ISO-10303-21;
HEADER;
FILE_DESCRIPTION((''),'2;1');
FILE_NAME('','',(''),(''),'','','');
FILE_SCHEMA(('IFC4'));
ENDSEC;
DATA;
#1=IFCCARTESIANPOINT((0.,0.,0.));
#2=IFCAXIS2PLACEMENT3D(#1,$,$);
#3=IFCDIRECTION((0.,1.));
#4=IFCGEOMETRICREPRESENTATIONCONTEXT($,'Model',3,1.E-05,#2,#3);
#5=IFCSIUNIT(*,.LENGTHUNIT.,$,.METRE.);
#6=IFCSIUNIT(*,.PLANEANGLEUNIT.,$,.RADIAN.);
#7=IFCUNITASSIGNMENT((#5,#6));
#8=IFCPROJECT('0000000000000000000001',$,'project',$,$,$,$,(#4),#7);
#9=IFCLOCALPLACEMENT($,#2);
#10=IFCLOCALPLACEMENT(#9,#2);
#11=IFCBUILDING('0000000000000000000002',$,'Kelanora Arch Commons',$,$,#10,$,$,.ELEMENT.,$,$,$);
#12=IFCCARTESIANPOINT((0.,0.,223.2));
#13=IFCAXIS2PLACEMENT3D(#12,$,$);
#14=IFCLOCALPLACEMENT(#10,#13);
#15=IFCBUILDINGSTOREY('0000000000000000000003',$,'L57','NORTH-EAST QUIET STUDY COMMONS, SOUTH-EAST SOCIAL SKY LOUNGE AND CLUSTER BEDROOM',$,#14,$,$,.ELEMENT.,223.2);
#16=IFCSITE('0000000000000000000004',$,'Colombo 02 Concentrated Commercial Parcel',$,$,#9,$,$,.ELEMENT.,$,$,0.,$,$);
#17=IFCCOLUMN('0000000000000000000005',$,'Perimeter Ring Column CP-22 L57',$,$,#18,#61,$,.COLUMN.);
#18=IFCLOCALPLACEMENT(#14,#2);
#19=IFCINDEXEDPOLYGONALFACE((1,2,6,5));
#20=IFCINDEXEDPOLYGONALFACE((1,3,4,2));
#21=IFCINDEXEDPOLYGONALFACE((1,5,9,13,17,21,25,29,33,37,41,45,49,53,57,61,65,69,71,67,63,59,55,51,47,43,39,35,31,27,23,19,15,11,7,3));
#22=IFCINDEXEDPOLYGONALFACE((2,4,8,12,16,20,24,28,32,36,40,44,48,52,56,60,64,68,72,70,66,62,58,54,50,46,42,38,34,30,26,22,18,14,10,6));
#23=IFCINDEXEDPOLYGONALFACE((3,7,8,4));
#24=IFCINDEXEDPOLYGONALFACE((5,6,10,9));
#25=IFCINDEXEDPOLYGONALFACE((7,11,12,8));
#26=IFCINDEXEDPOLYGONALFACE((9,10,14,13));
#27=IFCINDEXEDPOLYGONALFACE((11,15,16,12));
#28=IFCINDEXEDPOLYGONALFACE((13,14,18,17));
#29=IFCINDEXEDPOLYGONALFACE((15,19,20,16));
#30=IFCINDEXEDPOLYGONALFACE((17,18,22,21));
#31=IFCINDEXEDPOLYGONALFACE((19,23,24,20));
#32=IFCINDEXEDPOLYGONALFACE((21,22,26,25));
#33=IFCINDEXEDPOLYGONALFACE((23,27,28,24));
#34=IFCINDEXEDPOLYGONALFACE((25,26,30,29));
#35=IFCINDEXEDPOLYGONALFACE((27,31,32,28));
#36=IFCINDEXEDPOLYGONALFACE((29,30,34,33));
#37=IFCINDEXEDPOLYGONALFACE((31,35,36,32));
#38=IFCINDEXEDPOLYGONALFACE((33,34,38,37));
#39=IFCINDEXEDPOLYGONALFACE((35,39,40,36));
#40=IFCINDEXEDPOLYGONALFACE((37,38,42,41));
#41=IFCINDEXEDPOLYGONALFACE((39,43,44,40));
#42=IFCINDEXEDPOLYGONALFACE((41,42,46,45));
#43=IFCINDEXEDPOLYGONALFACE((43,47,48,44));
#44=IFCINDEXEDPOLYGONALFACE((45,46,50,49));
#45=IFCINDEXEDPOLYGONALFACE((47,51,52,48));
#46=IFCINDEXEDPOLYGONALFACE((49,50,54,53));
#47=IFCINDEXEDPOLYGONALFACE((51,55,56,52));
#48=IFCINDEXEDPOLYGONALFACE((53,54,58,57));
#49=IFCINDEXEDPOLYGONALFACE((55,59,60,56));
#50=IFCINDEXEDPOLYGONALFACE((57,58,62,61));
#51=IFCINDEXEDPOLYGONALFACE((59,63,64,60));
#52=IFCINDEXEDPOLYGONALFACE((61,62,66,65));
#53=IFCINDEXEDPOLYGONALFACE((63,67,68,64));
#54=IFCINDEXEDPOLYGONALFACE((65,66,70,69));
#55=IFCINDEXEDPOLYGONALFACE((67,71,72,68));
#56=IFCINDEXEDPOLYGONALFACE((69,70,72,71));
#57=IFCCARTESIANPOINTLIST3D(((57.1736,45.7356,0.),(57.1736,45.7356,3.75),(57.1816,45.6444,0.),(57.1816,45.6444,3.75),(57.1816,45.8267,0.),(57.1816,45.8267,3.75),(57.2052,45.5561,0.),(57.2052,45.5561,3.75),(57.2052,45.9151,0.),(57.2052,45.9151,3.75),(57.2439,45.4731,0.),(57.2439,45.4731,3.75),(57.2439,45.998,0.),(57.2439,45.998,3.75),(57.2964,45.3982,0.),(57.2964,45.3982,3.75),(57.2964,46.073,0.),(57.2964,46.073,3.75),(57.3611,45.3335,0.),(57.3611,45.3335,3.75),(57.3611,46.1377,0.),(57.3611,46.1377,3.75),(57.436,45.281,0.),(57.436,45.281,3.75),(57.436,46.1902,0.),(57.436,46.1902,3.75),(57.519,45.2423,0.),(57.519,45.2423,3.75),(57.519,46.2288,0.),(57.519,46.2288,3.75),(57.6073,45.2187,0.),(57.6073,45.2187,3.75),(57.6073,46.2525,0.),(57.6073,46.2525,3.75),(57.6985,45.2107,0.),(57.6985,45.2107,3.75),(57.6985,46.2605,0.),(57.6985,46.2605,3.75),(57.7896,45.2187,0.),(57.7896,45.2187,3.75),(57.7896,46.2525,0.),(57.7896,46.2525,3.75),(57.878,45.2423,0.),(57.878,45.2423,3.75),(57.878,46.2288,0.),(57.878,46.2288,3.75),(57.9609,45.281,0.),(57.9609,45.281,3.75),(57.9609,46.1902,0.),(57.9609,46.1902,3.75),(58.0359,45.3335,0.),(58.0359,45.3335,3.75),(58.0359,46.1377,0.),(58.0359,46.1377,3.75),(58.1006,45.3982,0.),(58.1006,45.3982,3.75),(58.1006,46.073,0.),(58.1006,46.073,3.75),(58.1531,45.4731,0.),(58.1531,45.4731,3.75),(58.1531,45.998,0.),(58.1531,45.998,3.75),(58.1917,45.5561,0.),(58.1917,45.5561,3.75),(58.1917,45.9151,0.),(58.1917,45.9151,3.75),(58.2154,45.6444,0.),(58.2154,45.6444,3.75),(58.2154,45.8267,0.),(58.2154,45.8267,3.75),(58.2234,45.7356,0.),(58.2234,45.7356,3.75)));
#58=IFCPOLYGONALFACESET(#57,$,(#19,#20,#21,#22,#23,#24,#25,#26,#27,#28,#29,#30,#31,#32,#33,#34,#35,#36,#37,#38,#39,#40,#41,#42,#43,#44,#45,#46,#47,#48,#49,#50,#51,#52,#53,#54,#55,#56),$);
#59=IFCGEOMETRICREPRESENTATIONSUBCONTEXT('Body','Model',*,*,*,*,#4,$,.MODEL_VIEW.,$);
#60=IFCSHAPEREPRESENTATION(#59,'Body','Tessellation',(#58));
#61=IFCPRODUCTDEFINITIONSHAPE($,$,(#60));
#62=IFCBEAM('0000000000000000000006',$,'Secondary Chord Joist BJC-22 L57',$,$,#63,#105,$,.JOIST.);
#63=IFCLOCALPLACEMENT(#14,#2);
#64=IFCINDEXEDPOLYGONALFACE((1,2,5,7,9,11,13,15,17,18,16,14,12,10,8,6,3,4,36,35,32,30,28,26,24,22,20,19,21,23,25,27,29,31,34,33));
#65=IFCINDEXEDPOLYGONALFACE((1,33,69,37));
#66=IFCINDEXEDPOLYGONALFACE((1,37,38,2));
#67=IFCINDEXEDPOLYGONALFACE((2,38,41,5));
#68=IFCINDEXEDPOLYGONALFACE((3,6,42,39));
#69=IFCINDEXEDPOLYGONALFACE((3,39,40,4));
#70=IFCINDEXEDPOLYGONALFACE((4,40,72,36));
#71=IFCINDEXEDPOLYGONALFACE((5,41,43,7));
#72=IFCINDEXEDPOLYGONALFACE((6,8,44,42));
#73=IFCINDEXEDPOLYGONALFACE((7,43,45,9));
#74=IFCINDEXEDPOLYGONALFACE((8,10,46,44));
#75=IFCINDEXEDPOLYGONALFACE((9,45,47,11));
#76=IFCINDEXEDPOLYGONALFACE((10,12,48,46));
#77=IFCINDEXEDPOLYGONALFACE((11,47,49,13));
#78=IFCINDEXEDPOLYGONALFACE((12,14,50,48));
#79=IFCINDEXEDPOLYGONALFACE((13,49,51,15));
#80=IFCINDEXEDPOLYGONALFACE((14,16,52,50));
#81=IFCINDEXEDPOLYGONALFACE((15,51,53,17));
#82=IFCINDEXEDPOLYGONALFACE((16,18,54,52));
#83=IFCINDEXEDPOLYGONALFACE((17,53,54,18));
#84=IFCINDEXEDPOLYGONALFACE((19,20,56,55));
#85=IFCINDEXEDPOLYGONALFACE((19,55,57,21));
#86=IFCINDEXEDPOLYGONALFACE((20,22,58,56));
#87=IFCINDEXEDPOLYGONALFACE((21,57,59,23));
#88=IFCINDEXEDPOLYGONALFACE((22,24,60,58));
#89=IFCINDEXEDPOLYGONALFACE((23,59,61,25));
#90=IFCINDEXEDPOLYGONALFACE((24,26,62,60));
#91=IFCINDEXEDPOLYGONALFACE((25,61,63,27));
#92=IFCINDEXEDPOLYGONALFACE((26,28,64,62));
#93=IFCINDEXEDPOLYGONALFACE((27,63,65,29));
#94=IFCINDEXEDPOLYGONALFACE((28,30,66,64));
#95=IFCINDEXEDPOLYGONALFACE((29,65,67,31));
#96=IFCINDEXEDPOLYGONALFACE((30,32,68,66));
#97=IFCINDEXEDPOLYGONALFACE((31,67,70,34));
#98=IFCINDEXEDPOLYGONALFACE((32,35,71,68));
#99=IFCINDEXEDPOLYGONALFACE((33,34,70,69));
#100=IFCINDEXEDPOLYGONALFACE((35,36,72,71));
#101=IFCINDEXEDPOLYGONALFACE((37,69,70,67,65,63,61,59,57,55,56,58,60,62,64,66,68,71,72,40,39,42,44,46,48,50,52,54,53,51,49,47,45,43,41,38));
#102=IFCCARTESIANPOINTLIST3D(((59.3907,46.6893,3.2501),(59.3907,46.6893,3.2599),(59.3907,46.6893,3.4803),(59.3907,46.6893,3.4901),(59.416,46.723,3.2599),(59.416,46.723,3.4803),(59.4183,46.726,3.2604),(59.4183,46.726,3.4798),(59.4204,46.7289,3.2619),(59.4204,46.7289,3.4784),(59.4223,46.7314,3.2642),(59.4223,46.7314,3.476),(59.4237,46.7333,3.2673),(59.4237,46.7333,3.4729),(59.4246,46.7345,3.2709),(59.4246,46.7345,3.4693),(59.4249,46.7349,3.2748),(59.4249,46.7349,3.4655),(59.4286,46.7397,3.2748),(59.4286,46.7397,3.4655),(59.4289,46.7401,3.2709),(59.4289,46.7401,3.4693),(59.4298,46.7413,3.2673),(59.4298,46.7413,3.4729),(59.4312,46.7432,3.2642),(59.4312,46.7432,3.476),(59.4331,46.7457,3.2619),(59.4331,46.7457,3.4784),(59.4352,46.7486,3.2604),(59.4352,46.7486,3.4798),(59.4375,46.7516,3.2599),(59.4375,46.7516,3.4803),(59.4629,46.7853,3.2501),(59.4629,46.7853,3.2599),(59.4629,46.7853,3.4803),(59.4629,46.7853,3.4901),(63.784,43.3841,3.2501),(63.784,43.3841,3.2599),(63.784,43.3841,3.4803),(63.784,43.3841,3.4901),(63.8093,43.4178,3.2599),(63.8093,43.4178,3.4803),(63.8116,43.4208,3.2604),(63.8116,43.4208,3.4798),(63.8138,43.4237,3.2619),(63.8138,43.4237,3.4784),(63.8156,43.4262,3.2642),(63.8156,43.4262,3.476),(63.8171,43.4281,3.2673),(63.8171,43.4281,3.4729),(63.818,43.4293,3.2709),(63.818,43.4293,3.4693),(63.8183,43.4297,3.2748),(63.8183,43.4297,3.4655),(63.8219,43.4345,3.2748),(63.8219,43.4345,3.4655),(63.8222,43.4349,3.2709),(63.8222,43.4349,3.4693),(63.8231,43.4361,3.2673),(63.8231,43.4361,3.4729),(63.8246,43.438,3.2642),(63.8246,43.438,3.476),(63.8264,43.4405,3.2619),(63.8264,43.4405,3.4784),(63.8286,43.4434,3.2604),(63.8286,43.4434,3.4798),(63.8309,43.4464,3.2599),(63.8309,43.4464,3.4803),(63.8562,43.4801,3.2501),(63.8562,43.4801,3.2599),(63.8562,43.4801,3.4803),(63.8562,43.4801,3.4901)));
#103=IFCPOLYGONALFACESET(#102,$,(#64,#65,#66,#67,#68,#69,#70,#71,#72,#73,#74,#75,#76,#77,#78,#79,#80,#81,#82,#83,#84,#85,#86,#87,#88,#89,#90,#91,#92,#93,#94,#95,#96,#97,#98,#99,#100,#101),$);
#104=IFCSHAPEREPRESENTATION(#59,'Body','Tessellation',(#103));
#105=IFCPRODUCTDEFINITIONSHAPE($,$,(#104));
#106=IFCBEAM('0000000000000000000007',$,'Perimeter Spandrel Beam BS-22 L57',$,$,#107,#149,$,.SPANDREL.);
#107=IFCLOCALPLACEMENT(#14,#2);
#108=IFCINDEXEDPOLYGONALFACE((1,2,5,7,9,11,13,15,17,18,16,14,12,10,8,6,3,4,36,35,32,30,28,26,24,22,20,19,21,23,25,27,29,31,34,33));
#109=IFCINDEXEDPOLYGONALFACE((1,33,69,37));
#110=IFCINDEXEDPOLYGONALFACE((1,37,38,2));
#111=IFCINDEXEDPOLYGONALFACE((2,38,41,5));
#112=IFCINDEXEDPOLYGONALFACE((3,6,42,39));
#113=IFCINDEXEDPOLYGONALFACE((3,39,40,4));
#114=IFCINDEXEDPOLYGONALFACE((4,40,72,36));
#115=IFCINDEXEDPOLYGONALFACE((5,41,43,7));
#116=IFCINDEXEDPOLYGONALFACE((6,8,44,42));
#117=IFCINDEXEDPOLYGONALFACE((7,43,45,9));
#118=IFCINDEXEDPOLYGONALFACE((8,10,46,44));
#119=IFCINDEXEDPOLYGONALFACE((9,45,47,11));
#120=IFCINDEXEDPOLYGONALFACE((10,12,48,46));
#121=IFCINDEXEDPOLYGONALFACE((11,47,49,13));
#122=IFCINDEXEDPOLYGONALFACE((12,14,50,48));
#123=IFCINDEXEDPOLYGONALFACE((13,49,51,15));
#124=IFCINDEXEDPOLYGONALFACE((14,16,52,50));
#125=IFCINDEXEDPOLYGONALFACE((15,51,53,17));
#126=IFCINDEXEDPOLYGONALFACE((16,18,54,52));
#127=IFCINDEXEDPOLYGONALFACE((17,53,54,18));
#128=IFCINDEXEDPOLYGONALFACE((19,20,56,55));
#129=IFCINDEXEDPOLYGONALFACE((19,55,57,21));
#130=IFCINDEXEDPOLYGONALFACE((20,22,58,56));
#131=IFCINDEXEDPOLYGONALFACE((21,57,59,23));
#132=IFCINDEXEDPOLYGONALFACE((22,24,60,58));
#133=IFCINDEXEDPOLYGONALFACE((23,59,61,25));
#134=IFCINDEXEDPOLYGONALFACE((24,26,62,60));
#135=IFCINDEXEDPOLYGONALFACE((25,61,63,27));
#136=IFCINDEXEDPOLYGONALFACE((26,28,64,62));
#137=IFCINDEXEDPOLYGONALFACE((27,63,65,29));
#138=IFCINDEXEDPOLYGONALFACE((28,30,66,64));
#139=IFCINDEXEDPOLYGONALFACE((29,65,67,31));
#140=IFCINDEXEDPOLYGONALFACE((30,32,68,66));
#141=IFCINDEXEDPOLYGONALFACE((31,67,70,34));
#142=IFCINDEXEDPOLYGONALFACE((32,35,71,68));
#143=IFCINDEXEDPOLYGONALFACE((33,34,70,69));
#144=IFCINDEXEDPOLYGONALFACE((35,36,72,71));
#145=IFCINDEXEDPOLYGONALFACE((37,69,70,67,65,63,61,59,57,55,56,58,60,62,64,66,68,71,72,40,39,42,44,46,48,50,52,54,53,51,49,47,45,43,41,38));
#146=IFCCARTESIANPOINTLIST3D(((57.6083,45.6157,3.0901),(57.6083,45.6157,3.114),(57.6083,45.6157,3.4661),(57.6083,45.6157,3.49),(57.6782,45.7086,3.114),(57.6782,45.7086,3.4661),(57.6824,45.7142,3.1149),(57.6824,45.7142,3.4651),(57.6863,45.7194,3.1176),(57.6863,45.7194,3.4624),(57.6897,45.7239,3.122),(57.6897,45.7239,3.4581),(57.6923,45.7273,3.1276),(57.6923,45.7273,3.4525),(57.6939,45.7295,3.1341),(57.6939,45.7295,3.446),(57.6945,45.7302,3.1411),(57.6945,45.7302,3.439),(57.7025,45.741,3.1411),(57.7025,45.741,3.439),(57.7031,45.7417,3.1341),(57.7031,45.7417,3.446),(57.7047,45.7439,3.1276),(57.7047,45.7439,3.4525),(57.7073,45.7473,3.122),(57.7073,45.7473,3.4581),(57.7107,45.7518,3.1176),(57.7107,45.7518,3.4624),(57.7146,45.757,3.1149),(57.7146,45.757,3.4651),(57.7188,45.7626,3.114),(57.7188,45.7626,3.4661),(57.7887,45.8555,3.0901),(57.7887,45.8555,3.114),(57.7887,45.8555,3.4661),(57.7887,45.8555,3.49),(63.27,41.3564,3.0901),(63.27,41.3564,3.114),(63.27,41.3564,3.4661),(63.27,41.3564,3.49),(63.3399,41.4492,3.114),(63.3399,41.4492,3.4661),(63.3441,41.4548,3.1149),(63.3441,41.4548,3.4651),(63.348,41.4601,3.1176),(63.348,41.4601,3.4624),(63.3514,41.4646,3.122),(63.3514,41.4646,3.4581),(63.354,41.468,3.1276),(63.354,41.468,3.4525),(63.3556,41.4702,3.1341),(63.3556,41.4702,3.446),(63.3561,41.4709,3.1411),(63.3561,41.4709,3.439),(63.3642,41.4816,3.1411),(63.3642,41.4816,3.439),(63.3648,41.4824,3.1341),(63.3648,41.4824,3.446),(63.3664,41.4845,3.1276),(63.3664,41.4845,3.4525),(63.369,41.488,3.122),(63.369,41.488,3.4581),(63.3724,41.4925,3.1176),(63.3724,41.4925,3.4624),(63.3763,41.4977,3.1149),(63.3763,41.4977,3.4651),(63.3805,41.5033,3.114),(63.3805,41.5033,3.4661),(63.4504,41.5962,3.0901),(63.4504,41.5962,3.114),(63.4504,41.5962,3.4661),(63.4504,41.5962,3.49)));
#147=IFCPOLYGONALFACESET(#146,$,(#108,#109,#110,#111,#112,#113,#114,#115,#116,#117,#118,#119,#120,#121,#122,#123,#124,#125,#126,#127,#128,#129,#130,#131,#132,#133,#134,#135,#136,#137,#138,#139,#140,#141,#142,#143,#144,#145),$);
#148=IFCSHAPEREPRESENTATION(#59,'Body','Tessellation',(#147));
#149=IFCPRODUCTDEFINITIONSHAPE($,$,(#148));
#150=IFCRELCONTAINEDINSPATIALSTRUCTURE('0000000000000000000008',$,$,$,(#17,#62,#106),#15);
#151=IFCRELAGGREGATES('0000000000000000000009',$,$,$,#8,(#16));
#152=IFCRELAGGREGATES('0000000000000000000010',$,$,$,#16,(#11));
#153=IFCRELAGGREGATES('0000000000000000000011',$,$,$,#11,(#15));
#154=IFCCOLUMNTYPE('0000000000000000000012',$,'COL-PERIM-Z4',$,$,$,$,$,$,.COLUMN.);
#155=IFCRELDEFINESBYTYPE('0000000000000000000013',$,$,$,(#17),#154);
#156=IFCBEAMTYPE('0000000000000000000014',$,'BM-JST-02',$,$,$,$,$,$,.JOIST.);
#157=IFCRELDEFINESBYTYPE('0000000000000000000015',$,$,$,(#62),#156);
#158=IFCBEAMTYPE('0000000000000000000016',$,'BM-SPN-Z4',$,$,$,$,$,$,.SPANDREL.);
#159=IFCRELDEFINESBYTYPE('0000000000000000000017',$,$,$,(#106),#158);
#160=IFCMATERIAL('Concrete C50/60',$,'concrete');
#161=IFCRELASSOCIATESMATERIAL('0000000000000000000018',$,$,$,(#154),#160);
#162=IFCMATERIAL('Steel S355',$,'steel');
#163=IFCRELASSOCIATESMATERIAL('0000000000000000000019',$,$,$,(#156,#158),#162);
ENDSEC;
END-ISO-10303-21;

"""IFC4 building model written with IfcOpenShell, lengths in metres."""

from ifc_helpers import new_model, si_unit, direction, frame, origin, origin_2d, place, context, subcontext, project, spatial, circle, i_section, extrude, material, material_profile, profile_set, type_object, element, save


model = new_model("IFC4")

# Units and contexts
model_context = context("Model", 3, precision=1e-05, world=origin(), true_north=direction((0.0, 1.0)))
body_context = subcontext(model_context, "Body", "Model", "MODEL_VIEW")
ifc_project = project(units=[si_unit("LENGTHUNIT", "METRE"), si_unit("PLANEANGLEUNIT", "RADIAN")], contexts=[model_context])

# Site, building, storey
site_placement = place(None, origin())
site = spatial("IfcSite", under=ifc_project, at=site_placement, Name="Colombo 02 Concentrated Commercial Parcel", CompositionType="ELEMENT", RefElevation=0.0)
building_placement = place(site_placement, origin())
building = spatial("IfcBuilding", under=site, at=building_placement, Name="Kelanora Arch Commons", CompositionType="ELEMENT")
storey_placement = place(building_placement, frame((0.0, 0.0, 223.2)))
storey = spatial("IfcBuildingStorey", under=building, at=storey_placement, Name="L57", Description="NORTH-EAST QUIET STUDY COMMONS, SOUTH-EAST SOCIAL SKY LOUNGE AND CLUSTER BEDROOM", CompositionType="ELEMENT", Elevation=223.2)

# Column
ifc_material_1 = material(Name="Concrete C50/60", Category="concrete")
ifc_material_profile_1 = material_profile(ifc_material_1, circle(Radius=0.5249, at=origin_2d()), Name="RCC1050")
ifc_profile_set_1 = profile_set([ifc_material_profile_1], Name="Concrete C50/60")
column_type = type_object("IfcColumnType", Name="COL-PERIM-Z4", PredefinedType="COLUMN", material=ifc_profile_set_1)
column_placement = place(storey_placement, frame((57.6985, 45.7356, 0.0), z_axis=(0.0, 0.0, 1.0), x_axis=(1.0, 0.0, 0.0)))
element("IfcColumn", 1, at=column_placement, inside=storey, type_object=column_type, Name="Perimeter Ring Column CP-22 L57", PredefinedType="COLUMN", context=body_context, shape_type="SweptSolid", body=[
    extrude(circle(Radius=0.5249, at=origin_2d()), origin(), (0.0, 0.0, 1.0), 3.75),
])

# Beams
ifc_material_2 = material(Name="Steel S355", Category="steel")
ifc_material_profile_2 = material_profile(ifc_material_2, i_section(OverallWidth=0.1201, OverallDepth=0.24, WebThickness=0.0061, FlangeThickness=0.0098, FilletRadius=0.0149, at=origin_2d()), Name="IPE240")
ifc_profile_set_2 = profile_set([ifc_material_profile_2], Name="Steel S355")
beam_type_1 = type_object("IfcBeamType", Name="BM-JST-02", PredefinedType="JOIST", material=ifc_profile_set_2)
beam_1_placement = place(storey_placement, frame((59.4268, 46.7373, 3.3701), z_axis=(0.799109, -0.601186, 0.0), x_axis=(0.601186, 0.799109, 0.0)))
element("IfcBeam", 2, at=beam_1_placement, inside=storey, type_object=beam_type_1, Name="Secondary Chord Joist BJC-22 L57", PredefinedType="JOIST", context=body_context, shape_type="SweptSolid", body=[
    extrude(i_section(OverallWidth=0.1201, OverallDepth=0.24, WebThickness=0.0061, FlangeThickness=0.0098, FilletRadius=0.0149, at=origin_2d()), origin(), (0.0, 0.0, 1.0), 5.4978),
])
ifc_material_profile_3 = material_profile(ifc_material_2, i_section(OverallWidth=0.3, OverallDepth=0.3999, WebThickness=0.0134, FlangeThickness=0.0239, FilletRadius=0.0271, at=origin_2d()), Name="HEB400")
ifc_profile_set_3 = profile_set([ifc_material_profile_3], Name="Steel S355")
beam_type_2 = type_object("IfcBeamType", Name="BM-SPN-Z4", PredefinedType="SPANDREL", material=ifc_profile_set_3)
beam_2_placement = place(storey_placement, frame((57.6985, 45.7356, 3.29), z_axis=(0.799114, -0.601179, 0.0), x_axis=(0.601179, 0.799114, 0.0)))
element("IfcBeam", 3, at=beam_2_placement, inside=storey, type_object=beam_type_2, Name="Perimeter Spandrel Beam BS-22 L57", PredefinedType="SPANDREL", context=body_context, shape_type="SweptSolid", body=[
    extrude(i_section(OverallWidth=0.3, OverallDepth=0.3999, WebThickness=0.0134, FlangeThickness=0.0239, FilletRadius=0.0271, at=origin_2d()), origin(), (0.0, 0.0, 1.0), 7.085),
])

save(model, "model.ifc")
